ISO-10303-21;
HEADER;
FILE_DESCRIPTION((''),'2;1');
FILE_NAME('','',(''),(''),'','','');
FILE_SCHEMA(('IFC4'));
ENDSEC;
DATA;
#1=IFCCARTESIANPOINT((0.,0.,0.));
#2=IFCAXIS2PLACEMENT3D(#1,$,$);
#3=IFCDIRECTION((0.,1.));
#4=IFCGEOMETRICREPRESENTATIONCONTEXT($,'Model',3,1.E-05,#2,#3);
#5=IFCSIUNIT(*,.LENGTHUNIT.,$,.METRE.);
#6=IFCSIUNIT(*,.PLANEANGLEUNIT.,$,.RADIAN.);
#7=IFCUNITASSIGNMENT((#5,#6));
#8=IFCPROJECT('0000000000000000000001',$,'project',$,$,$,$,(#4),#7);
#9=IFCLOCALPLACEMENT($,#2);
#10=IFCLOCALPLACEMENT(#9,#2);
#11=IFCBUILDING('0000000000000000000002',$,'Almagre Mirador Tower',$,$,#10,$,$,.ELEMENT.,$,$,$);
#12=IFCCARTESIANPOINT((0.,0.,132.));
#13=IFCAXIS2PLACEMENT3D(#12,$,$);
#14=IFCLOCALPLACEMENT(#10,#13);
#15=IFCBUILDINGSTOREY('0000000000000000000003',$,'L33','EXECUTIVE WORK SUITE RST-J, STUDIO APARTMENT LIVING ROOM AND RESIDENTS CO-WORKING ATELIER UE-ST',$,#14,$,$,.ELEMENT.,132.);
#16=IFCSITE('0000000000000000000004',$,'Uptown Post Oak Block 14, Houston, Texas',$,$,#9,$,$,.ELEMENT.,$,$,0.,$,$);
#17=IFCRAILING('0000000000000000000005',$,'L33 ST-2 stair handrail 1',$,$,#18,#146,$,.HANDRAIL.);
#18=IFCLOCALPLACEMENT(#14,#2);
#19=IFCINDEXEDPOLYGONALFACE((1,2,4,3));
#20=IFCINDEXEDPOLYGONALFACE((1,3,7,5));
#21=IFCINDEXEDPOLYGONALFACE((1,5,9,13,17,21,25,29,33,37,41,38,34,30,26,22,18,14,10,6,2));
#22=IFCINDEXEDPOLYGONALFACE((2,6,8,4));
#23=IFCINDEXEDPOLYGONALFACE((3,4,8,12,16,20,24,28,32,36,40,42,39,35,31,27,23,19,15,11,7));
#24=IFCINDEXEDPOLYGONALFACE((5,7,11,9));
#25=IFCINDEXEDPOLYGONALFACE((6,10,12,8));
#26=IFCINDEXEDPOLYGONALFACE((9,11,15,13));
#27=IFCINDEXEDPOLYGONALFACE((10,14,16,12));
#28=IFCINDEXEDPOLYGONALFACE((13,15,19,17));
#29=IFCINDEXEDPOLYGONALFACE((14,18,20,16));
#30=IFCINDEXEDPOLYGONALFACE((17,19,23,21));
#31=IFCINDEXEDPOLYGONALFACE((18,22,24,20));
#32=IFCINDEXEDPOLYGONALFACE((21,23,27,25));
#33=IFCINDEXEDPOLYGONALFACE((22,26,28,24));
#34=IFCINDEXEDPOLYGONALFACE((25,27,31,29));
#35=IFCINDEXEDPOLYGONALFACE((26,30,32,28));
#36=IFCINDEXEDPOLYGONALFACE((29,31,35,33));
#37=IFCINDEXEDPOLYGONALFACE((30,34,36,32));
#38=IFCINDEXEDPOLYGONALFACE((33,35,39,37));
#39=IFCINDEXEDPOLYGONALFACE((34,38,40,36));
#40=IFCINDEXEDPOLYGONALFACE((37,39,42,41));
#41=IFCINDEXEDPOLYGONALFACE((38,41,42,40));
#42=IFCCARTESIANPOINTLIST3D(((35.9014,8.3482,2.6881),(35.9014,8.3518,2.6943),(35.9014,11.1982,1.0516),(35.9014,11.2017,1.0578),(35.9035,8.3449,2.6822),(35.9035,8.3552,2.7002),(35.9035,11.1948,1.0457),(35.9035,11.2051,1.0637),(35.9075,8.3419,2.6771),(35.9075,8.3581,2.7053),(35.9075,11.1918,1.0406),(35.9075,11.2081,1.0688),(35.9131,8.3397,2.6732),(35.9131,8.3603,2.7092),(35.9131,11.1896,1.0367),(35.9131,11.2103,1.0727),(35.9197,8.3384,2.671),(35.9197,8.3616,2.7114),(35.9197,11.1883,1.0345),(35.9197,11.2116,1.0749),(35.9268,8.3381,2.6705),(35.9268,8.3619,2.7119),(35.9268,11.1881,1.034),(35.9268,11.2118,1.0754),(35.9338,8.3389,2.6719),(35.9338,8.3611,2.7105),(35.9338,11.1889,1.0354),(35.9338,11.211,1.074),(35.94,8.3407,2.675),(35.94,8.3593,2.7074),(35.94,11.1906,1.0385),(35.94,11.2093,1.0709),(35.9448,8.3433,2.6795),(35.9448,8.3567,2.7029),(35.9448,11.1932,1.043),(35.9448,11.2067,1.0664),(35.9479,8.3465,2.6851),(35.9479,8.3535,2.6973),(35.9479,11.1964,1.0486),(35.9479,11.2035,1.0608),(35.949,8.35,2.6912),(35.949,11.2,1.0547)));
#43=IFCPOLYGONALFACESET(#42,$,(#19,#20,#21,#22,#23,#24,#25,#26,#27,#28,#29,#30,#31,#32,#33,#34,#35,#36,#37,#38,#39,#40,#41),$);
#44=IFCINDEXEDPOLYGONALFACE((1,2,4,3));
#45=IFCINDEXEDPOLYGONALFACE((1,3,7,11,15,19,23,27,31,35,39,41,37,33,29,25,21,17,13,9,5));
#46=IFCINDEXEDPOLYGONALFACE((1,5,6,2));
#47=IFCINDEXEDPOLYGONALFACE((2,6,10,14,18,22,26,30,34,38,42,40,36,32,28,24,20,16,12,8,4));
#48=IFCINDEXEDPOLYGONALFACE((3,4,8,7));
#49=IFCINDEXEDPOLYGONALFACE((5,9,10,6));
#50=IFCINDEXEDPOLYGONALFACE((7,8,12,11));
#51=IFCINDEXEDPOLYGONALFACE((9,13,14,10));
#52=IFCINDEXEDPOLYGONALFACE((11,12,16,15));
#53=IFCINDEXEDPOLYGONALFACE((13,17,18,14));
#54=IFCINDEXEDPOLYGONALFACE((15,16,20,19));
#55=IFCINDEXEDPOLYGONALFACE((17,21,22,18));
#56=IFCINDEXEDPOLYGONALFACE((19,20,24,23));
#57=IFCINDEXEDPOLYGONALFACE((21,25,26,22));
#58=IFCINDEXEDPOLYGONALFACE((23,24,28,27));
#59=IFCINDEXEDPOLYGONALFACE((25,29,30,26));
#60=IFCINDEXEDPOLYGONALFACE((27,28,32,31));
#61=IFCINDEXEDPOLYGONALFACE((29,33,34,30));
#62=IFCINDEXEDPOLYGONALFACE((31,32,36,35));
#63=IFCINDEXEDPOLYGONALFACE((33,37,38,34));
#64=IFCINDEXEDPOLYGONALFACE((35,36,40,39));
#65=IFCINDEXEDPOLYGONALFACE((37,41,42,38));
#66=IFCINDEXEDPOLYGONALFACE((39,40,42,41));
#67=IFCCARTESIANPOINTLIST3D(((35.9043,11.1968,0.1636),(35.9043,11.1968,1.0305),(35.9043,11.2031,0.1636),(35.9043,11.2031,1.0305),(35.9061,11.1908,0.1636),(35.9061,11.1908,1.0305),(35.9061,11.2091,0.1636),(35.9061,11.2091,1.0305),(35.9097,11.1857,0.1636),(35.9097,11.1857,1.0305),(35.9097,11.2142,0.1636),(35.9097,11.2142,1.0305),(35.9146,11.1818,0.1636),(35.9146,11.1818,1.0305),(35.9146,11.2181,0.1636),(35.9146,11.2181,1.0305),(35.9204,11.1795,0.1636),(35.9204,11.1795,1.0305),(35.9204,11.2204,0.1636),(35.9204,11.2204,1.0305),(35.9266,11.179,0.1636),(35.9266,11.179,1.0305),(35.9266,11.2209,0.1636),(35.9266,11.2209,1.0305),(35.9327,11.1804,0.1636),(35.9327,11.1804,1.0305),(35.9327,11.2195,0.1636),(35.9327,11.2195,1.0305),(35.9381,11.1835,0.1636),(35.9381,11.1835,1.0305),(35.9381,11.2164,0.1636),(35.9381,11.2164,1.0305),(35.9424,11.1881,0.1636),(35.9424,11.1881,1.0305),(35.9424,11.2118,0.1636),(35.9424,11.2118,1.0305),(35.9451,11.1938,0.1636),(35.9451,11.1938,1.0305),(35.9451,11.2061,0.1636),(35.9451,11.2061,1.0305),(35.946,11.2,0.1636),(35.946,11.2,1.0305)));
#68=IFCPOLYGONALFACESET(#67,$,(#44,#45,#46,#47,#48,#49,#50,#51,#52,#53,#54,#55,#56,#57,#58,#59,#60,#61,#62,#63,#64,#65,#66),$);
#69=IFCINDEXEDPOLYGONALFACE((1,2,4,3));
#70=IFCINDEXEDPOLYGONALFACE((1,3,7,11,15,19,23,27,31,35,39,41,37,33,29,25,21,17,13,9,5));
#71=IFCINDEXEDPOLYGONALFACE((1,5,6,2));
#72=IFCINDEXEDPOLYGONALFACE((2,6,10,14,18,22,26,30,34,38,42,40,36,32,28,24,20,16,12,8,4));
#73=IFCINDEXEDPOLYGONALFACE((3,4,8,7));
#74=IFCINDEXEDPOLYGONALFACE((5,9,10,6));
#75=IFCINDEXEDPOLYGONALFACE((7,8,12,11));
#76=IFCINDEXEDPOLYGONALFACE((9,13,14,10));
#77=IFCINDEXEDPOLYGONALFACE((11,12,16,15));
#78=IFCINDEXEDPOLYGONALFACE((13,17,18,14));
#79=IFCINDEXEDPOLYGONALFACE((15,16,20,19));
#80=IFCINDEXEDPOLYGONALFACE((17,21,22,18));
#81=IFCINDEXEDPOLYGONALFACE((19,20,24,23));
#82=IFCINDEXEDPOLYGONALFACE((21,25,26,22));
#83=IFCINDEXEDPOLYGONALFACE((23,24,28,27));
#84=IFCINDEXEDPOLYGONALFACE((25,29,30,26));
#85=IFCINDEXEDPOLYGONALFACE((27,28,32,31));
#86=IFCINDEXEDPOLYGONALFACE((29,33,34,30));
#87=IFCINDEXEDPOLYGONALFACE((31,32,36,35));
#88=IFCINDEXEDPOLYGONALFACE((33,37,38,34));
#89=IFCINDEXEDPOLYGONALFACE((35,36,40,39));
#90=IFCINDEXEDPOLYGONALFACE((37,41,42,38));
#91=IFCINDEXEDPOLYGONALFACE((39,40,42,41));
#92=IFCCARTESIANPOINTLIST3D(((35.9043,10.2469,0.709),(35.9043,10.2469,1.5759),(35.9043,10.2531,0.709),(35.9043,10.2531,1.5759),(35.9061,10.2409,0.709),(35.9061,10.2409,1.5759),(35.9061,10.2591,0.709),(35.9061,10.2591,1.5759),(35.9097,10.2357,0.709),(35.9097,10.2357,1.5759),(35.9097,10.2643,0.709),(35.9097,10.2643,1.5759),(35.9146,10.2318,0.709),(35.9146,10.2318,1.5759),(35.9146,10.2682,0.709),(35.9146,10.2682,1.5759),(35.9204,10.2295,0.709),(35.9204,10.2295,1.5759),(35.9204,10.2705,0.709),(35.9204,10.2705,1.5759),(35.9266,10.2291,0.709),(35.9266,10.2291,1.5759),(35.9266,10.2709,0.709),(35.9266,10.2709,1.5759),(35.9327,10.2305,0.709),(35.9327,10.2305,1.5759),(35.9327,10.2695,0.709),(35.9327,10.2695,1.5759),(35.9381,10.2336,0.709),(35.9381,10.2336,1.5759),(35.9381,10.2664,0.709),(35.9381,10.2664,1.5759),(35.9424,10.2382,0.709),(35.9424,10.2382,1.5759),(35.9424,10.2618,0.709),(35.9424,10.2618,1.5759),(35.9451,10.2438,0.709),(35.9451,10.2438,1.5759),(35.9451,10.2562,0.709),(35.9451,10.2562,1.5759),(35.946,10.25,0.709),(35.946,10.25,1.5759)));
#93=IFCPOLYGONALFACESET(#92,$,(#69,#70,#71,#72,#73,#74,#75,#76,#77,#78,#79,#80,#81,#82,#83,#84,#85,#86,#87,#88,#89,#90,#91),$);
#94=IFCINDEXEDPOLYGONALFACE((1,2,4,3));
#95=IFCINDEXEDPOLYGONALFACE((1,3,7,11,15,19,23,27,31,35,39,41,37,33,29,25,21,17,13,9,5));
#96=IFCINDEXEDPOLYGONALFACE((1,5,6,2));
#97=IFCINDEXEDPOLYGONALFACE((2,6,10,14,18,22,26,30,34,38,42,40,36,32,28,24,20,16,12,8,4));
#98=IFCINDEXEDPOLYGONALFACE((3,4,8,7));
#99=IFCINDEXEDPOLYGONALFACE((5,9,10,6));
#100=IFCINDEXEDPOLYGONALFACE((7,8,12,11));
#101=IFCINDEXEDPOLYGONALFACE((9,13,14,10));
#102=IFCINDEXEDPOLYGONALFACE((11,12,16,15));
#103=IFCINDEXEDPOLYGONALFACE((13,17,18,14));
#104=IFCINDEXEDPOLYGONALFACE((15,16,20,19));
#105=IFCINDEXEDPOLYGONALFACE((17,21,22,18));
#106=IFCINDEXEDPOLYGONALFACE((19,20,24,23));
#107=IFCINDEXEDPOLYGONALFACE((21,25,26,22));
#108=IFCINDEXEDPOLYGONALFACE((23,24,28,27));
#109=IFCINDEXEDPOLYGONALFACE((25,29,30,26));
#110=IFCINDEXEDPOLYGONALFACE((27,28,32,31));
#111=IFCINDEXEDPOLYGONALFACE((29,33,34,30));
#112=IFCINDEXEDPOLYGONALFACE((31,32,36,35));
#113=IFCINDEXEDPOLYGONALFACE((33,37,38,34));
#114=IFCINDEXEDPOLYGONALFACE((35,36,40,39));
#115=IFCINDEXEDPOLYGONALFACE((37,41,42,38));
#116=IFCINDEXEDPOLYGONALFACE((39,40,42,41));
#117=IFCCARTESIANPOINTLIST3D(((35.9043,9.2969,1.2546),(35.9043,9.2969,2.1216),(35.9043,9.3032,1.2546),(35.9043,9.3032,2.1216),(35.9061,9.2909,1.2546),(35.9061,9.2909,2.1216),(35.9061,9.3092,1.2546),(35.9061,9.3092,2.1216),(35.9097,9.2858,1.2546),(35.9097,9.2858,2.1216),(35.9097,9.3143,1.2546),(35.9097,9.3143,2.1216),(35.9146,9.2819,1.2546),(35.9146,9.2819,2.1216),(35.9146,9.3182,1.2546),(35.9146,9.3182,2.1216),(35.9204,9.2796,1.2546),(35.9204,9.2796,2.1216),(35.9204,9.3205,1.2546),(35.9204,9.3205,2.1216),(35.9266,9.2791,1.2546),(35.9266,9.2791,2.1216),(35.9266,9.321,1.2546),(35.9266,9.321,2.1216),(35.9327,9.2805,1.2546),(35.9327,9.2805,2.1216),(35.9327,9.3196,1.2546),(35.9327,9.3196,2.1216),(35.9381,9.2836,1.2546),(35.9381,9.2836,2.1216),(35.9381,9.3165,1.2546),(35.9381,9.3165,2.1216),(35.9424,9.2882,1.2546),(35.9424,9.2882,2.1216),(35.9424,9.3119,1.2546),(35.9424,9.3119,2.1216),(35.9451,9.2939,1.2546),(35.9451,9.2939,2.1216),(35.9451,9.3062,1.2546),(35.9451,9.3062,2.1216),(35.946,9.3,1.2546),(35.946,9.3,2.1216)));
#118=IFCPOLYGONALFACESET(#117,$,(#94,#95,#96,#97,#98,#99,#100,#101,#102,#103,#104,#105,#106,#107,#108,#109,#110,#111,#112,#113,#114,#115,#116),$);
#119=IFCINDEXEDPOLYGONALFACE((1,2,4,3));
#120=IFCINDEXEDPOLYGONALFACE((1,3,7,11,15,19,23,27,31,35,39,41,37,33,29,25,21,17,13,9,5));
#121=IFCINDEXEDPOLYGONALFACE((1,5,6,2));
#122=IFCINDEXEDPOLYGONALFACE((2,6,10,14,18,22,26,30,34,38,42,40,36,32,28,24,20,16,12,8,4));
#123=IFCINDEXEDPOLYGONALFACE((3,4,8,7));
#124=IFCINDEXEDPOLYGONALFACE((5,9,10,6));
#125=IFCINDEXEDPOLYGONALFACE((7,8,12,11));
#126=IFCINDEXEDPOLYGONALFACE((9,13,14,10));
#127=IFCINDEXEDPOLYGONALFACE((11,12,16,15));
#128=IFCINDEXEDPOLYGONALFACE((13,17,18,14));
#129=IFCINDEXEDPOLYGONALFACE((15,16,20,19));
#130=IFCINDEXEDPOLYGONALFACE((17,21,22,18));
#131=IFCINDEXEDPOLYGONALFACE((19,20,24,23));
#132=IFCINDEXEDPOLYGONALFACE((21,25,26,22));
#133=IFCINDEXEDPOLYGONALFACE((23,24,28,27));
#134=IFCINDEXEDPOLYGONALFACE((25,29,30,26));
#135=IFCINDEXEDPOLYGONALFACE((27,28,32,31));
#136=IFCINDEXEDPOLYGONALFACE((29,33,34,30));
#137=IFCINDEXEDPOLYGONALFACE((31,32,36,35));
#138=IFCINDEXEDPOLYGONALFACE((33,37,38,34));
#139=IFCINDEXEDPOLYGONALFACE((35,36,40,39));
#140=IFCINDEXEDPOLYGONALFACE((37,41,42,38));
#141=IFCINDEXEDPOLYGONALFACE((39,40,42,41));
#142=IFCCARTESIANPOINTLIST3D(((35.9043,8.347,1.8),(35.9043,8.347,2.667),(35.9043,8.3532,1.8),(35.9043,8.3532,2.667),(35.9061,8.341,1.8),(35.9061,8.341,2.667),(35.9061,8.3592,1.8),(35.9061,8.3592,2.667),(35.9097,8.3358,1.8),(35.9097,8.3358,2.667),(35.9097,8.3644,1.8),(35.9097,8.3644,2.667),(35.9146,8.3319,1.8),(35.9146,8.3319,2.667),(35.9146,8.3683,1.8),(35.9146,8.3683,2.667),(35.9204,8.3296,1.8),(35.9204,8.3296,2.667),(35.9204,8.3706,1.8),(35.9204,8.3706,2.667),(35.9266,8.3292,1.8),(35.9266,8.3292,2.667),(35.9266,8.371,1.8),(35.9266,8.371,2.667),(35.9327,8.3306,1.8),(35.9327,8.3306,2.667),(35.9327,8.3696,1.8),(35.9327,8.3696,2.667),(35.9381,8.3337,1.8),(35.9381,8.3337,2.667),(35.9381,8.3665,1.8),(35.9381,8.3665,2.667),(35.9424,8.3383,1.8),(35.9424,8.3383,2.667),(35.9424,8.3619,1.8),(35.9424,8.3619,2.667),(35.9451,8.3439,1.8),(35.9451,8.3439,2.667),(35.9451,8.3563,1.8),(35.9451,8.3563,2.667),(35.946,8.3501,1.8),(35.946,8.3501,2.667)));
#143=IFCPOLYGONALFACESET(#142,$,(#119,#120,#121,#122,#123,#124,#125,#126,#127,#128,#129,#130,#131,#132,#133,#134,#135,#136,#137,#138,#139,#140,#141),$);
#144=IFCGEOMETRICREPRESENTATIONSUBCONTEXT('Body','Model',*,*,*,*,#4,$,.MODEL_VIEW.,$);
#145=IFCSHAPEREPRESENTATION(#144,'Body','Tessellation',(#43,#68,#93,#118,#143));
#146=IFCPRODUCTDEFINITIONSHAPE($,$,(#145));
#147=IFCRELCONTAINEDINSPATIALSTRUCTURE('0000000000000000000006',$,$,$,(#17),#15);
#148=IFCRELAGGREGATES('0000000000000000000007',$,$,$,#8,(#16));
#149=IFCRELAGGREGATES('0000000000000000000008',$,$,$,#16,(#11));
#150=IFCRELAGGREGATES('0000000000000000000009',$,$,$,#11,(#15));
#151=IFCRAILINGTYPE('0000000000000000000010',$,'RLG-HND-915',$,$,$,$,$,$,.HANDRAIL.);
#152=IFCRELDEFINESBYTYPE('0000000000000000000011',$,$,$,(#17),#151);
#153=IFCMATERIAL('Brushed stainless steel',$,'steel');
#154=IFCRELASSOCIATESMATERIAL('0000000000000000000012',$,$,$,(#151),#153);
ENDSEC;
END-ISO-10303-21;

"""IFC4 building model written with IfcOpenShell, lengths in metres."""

from ifc_helpers import new_model, si_unit, direction, frame, origin, origin_2d, place, context, subcontext, project, spatial, circle, extrude, material, type_object, element, save


model = new_model("IFC4")

# Units and contexts
model_context = context("Model", 3, precision=1e-05, world=origin(), true_north=direction((0.0, 1.0)))
body_context = subcontext(model_context, "Body", "Model", "MODEL_VIEW")
ifc_project = project(units=[si_unit("LENGTHUNIT", "METRE"), si_unit("PLANEANGLEUNIT", "RADIAN")], contexts=[model_context])

# Site, building, storey
site_placement = place(None, origin())
site = spatial("IfcSite", under=ifc_project, at=site_placement, Name="Uptown Post Oak Block 14, Houston, Texas", CompositionType="ELEMENT", RefElevation=0.0)
building_placement = place(site_placement, origin())
building = spatial("IfcBuilding", under=site, at=building_placement, Name="Almagre Mirador Tower", CompositionType="ELEMENT")
storey_placement = place(building_placement, frame((0.0, 0.0, 132.0)))
storey = spatial("IfcBuildingStorey", under=building, at=storey_placement, Name="L33", Description="EXECUTIVE WORK SUITE RST-J, STUDIO APARTMENT LIVING ROOM AND RESIDENTS CO-WORKING ATELIER UE-ST", CompositionType="ELEMENT", Elevation=132.0)

# Railing
ifc_material_1 = material(Name="Brushed stainless steel", Category="steel")
railing_type_1 = type_object("IfcRailingType", Name="RLG-HND-915", PredefinedType="HANDRAIL", material=ifc_material_1)
railing_1_placement = place(storey_placement, frame((35.925, 11.2, 0.1636)))
element("IfcRailing", 1, at=railing_1_placement, inside=storey, type_object=railing_type_1, Name="L33 ST-2 stair handrail 1", PredefinedType="HANDRAIL", context=body_context, shape_type="SweptSolid", body=[
    extrude(circle(Radius=0.0239, at=origin_2d()), frame((0.0, 0.0, 0.8911), z_axis=(0.0, -0.867194, 0.49797), x_axis=(1.0, 0.0, 0.0)), (0.0, 0.0, 1.0), 3.2864),
    extrude(circle(Radius=0.021, at=origin_2d()), origin(), (0.0, 0.0, 1.0), 0.8669),
    extrude(circle(Radius=0.021, at=origin_2d()), frame((0.0, -0.95, 0.5454)), (0.0, 0.0, 1.0), 0.8669),
    extrude(circle(Radius=0.021, at=origin_2d()), frame((0.0, -1.8999, 1.0911)), (0.0, 0.0, 1.0), 0.8669),
    extrude(circle(Radius=0.021, at=origin_2d()), frame((0.0, -2.8499, 1.6365)), (0.0, 0.0, 1.0), 0.8669),
])

save(model, "model.ifc")
